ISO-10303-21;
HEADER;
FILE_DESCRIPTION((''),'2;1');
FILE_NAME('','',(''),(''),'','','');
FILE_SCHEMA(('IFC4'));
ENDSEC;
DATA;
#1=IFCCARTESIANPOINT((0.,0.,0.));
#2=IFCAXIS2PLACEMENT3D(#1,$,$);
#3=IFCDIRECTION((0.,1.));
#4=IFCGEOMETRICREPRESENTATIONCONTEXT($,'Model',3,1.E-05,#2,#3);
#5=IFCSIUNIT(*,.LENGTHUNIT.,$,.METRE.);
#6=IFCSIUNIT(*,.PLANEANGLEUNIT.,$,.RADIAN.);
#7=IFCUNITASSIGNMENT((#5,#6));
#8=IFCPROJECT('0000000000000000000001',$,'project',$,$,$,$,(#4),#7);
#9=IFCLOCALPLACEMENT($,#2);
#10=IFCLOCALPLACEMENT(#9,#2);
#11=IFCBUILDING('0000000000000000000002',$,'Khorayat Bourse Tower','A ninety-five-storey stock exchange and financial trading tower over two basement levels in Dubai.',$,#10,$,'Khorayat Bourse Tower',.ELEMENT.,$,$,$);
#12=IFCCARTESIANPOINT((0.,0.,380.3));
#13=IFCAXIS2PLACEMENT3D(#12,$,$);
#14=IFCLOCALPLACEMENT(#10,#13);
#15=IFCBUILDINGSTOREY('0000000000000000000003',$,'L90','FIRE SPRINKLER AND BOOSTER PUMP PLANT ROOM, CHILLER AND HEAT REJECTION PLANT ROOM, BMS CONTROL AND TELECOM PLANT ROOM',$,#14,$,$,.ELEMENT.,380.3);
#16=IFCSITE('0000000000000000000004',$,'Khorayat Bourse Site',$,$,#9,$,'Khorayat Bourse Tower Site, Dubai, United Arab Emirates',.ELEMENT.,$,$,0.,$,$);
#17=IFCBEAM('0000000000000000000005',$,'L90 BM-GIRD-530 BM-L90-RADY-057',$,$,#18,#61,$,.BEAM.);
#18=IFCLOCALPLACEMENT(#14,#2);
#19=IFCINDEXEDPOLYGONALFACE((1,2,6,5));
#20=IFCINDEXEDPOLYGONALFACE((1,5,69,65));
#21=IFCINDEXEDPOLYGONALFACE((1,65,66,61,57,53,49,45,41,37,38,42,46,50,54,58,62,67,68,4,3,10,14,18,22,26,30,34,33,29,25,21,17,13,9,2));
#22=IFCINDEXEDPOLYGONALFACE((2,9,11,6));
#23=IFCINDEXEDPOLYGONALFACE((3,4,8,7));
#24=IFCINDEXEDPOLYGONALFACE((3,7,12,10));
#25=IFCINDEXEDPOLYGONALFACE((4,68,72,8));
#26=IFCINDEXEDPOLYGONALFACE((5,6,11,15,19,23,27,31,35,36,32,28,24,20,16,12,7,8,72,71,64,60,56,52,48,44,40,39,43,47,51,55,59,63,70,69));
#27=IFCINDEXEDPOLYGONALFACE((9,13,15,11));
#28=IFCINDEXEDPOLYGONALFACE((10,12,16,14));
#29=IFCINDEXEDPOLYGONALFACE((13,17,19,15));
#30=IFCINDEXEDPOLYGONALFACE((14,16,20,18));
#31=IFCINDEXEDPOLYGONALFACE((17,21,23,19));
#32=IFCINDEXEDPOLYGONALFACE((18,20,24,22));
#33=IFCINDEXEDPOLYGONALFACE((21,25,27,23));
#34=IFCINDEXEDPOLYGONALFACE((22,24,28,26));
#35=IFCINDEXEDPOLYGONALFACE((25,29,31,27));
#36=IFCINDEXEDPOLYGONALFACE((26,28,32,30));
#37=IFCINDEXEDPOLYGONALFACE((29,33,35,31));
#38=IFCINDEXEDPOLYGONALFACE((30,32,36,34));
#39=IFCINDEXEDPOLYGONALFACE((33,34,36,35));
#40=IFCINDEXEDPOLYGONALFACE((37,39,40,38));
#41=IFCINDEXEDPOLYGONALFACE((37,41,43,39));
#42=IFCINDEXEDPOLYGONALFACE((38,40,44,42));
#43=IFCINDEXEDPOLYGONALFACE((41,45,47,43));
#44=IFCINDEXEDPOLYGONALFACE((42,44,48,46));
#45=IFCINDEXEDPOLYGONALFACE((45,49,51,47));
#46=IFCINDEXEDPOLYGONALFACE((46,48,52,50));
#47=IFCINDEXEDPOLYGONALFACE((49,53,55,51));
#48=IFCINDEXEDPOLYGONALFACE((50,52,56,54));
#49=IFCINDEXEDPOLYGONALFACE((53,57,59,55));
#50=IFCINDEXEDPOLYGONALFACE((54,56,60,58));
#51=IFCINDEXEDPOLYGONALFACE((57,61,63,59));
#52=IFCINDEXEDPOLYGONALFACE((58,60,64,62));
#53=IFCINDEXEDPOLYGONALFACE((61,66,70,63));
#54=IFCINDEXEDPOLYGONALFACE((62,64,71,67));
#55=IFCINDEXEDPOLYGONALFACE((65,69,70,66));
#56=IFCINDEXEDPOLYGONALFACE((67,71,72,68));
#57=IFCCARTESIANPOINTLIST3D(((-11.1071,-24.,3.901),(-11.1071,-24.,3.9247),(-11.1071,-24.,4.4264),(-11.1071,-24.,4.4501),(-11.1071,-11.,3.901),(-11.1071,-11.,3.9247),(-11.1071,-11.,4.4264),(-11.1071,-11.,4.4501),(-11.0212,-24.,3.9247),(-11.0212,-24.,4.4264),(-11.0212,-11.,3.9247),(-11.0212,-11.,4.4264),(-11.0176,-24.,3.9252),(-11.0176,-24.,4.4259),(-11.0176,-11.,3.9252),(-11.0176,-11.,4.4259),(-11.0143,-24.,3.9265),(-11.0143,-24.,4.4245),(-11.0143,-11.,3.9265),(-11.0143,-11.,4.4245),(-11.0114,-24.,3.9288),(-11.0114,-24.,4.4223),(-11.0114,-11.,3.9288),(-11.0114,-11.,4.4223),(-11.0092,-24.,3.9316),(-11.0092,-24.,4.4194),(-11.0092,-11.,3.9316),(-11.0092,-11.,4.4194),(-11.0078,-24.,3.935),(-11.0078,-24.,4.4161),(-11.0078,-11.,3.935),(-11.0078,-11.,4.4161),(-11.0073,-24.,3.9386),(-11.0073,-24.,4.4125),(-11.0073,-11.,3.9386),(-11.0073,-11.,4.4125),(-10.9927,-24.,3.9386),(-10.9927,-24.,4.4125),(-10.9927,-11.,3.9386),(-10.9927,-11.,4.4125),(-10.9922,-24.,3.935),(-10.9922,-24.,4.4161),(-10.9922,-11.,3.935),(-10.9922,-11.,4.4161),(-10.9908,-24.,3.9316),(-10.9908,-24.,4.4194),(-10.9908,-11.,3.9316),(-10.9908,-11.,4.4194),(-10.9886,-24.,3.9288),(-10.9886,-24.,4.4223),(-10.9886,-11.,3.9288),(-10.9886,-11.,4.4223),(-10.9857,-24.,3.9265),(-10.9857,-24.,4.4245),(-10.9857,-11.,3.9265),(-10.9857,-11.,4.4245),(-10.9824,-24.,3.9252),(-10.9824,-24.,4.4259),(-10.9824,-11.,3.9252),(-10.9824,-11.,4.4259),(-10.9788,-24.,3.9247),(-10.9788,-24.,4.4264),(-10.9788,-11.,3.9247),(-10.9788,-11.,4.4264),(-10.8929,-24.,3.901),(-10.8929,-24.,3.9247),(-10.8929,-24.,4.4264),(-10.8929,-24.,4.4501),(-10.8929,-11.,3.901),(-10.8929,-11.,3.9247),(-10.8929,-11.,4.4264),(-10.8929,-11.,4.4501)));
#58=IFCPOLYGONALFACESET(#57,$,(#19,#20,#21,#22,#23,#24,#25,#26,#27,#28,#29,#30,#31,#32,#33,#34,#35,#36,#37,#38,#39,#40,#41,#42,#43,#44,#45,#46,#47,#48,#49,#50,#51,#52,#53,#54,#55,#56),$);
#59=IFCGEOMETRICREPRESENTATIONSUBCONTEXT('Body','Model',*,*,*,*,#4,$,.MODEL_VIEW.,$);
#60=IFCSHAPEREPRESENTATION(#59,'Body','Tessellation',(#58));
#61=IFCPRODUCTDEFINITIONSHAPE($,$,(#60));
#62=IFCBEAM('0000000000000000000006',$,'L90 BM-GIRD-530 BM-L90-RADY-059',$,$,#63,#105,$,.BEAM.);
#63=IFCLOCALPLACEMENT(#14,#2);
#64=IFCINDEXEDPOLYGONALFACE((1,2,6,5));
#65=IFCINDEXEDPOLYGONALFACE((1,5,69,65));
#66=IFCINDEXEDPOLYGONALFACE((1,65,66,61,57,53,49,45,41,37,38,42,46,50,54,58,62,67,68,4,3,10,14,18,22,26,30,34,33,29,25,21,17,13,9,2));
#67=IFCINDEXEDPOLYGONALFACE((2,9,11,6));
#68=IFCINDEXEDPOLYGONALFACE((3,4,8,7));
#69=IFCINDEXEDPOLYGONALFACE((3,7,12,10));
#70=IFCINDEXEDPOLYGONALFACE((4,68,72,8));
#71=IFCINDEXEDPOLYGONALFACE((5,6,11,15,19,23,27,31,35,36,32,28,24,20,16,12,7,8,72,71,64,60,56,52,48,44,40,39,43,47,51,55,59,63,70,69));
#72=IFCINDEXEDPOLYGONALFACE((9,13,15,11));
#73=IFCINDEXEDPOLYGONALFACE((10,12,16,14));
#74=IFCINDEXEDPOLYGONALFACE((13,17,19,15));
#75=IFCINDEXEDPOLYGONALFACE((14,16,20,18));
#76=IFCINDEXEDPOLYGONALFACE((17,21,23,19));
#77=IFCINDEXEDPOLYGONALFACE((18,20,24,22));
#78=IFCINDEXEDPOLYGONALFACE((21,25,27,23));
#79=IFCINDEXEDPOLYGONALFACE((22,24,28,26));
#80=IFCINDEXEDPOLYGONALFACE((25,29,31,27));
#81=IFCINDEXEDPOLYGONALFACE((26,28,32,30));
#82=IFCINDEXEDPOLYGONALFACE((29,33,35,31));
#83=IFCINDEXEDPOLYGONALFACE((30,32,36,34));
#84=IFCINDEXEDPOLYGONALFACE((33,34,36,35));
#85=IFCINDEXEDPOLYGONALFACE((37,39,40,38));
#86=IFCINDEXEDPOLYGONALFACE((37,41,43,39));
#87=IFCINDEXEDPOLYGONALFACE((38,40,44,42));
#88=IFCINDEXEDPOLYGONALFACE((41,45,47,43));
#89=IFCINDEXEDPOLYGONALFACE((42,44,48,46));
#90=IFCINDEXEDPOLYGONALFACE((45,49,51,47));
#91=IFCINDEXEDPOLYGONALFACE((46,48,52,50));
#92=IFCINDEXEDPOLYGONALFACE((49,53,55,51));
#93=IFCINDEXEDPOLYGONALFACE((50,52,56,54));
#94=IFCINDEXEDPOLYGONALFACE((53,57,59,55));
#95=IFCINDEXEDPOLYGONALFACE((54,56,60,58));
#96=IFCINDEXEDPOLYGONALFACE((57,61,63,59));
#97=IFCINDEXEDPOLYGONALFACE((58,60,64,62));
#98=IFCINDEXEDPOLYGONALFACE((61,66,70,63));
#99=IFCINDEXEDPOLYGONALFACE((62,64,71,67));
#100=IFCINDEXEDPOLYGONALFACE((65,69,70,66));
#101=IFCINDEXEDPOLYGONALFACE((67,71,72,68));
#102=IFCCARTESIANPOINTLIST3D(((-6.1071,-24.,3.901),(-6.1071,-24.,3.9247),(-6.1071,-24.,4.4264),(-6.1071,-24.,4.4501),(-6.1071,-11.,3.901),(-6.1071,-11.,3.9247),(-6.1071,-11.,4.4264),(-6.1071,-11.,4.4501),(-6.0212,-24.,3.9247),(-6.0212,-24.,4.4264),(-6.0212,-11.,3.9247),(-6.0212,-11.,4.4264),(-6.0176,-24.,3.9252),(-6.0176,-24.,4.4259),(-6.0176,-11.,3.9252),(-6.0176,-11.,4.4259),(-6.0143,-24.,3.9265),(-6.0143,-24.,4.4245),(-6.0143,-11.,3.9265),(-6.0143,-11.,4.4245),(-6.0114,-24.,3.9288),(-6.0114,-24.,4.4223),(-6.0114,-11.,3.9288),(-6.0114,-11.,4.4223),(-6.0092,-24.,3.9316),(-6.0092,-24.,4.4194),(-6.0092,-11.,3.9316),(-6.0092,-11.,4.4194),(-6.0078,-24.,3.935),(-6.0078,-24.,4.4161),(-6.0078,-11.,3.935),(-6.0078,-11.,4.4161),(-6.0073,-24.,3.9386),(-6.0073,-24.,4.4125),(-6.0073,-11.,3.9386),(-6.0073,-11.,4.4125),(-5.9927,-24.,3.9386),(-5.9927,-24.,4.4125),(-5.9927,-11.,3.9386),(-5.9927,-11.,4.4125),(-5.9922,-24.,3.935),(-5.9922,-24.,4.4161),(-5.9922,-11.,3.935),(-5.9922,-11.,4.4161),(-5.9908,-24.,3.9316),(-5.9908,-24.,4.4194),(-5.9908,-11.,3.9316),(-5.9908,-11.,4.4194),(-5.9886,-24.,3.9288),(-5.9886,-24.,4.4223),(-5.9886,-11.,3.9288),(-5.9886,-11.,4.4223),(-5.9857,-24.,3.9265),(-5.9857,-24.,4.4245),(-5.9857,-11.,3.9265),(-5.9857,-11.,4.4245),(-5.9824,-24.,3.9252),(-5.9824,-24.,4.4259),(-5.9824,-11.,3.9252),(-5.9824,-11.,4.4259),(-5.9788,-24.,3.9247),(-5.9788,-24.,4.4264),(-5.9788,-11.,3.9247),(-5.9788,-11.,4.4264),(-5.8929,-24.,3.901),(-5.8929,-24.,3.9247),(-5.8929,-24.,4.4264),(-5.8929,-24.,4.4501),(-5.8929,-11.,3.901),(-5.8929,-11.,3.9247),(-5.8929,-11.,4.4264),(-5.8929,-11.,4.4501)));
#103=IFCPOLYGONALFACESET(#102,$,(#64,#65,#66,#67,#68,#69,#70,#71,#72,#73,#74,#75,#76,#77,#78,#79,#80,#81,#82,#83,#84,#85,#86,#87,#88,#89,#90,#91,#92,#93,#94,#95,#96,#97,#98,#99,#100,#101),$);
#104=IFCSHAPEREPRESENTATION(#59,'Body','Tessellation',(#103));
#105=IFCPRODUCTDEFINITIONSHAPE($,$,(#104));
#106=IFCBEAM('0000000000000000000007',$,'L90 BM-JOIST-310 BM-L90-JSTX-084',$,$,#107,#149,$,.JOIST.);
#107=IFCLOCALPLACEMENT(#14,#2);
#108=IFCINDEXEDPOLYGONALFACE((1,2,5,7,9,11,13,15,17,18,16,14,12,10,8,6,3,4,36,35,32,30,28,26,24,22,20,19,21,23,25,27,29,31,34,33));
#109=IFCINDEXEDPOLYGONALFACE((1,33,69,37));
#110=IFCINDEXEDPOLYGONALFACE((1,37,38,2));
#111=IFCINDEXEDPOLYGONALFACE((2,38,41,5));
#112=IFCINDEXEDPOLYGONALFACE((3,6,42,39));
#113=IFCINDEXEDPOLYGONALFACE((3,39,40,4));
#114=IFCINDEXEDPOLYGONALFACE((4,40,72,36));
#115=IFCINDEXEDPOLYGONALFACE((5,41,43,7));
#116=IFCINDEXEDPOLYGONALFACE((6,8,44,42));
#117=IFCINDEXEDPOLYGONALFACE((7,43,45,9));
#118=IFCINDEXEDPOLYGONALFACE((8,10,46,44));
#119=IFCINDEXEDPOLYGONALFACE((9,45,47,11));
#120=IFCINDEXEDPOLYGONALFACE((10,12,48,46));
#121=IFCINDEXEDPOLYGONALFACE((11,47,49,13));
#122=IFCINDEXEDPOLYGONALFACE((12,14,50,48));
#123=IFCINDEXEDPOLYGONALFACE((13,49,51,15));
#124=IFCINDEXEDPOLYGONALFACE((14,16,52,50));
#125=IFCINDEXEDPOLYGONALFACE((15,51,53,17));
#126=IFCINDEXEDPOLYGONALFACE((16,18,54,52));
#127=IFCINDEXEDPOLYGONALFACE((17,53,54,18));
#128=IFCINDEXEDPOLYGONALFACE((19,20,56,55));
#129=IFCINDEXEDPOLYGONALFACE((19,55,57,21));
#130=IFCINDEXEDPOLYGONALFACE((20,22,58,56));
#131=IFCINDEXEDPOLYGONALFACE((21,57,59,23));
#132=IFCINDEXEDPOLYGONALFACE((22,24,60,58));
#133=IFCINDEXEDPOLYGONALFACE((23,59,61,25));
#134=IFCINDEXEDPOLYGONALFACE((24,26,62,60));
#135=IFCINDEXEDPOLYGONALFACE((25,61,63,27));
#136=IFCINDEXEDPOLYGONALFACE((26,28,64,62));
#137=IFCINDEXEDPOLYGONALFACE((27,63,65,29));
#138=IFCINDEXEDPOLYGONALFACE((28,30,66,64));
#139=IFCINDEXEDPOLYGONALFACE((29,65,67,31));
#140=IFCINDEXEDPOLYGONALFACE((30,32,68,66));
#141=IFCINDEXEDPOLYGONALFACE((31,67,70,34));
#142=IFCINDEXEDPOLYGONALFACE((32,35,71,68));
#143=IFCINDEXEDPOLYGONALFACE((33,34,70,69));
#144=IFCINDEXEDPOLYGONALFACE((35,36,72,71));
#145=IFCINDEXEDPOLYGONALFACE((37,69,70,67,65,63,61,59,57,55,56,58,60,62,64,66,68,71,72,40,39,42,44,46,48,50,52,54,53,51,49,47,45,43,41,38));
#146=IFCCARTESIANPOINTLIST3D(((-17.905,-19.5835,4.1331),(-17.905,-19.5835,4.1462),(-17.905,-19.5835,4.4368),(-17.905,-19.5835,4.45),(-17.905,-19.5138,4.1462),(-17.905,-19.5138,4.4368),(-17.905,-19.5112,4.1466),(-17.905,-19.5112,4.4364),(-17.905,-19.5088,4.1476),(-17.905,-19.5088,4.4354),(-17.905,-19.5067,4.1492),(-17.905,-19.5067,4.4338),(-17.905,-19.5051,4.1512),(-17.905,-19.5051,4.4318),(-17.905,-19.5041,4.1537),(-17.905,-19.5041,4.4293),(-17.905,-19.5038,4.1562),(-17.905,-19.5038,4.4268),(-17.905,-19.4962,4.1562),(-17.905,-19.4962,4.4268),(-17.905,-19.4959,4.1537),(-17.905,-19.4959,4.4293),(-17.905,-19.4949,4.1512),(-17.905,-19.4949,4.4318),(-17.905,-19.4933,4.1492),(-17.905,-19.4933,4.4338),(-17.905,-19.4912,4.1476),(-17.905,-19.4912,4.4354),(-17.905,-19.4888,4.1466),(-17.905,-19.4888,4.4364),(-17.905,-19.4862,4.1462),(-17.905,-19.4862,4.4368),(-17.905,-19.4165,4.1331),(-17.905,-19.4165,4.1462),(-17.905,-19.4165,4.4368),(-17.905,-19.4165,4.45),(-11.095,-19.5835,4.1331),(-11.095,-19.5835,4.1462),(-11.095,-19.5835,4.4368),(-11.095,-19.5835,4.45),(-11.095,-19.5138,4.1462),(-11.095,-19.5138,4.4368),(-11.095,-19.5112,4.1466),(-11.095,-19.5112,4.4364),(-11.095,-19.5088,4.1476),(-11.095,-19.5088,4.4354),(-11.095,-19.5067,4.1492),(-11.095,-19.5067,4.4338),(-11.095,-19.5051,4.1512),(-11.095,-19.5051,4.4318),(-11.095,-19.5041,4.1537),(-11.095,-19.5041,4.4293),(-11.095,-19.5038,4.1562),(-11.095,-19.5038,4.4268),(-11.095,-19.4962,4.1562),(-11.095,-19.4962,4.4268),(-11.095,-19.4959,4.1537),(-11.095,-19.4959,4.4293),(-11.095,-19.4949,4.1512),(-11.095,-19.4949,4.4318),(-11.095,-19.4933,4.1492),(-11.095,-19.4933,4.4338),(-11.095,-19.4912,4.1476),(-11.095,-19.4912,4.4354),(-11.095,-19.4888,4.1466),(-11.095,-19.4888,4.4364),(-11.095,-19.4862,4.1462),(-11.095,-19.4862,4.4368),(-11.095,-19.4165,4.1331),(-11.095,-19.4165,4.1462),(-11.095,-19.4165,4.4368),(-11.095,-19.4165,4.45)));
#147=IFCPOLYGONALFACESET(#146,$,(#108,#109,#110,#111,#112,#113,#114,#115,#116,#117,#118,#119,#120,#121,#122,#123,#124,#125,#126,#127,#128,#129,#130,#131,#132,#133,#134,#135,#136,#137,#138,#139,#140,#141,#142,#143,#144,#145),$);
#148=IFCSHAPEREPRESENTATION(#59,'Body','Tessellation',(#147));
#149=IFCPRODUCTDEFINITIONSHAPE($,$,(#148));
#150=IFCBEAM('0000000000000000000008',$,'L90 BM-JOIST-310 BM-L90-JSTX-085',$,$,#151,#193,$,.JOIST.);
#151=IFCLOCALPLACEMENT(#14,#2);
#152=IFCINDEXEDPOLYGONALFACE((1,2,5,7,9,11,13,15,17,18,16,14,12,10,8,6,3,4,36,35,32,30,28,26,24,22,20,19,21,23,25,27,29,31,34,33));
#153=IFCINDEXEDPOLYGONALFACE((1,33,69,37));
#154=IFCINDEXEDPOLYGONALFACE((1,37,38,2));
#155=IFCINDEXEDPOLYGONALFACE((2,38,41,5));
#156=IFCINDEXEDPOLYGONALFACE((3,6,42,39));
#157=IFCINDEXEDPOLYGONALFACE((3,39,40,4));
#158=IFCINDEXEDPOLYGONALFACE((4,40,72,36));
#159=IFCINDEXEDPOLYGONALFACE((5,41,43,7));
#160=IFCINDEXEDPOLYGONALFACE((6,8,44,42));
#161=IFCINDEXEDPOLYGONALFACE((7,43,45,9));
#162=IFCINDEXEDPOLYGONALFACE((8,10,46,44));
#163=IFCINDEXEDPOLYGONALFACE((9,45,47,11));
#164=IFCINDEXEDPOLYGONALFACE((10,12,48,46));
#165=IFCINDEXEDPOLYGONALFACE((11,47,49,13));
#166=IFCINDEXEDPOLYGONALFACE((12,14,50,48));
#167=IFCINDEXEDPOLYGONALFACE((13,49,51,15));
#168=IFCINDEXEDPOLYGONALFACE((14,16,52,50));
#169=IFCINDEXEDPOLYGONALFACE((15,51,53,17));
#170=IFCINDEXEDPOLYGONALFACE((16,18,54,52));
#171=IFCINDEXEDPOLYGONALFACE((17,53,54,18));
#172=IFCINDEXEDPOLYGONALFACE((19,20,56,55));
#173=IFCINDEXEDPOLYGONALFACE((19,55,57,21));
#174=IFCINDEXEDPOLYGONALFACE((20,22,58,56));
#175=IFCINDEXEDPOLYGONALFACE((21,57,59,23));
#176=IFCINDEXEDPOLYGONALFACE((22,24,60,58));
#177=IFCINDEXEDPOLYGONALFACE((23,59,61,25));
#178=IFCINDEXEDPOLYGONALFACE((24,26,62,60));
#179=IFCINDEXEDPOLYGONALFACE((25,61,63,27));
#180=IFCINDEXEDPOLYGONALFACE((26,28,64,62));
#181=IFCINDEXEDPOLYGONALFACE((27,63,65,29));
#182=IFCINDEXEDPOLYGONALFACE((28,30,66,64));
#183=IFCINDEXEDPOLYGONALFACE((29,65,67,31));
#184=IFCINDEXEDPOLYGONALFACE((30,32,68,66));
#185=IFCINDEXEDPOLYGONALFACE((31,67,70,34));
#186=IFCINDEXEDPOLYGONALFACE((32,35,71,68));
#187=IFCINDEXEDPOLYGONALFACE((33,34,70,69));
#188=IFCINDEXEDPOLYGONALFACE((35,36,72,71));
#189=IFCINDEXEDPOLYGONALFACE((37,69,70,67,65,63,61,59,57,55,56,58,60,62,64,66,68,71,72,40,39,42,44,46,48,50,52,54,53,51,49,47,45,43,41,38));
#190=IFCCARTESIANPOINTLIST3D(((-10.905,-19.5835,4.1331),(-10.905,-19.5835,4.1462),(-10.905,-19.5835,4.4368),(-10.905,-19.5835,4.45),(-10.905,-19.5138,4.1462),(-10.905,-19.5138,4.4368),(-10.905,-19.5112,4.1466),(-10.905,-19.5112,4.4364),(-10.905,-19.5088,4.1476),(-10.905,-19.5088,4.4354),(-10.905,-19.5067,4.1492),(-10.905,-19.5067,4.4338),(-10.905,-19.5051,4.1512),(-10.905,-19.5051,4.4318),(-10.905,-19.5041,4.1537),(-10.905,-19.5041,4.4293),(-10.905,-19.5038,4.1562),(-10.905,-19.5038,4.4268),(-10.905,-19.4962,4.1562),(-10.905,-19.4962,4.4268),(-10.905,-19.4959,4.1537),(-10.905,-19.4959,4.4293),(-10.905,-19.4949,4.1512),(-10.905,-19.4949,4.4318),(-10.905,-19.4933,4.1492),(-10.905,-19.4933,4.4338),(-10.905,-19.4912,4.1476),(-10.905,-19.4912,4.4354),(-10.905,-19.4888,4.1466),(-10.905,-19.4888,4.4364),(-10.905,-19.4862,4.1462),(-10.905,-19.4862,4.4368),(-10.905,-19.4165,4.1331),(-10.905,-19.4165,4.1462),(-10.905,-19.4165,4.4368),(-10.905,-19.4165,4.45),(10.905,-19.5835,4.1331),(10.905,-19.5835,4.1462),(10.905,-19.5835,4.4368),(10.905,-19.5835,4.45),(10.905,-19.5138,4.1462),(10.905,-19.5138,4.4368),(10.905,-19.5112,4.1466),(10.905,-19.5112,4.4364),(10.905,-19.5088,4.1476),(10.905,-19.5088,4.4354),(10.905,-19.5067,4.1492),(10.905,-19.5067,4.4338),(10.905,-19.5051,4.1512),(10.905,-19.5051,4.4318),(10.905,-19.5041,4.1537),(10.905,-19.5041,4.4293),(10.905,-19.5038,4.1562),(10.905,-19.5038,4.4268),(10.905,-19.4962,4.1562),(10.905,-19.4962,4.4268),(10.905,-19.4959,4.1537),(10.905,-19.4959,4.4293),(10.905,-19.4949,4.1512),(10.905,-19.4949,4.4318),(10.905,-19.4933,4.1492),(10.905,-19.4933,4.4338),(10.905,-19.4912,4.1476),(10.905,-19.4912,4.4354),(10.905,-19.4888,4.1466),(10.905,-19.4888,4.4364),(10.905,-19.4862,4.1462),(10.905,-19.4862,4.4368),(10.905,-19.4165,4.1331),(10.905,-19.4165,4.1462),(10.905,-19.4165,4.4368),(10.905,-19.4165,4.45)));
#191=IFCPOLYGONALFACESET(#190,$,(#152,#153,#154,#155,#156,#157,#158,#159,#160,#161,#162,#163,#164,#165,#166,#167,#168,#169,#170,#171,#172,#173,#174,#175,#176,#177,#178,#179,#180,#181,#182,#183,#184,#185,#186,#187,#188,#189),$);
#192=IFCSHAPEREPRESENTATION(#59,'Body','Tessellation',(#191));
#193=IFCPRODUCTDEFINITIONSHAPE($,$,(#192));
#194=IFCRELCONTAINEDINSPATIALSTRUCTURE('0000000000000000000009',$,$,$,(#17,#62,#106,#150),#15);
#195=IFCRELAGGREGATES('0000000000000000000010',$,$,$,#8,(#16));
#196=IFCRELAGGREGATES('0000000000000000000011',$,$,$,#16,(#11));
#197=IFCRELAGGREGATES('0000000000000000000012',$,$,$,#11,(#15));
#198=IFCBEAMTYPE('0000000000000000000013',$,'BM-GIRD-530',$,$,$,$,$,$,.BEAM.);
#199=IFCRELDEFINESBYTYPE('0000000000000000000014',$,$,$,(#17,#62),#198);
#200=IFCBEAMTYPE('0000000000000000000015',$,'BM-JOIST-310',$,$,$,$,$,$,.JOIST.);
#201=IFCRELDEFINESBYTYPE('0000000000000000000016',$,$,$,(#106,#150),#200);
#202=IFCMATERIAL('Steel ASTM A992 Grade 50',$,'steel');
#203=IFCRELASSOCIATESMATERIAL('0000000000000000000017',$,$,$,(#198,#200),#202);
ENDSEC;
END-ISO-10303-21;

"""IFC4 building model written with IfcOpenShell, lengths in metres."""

from ifc_helpers import new_model, si_unit, direction, frame, origin, origin_2d, place, context, subcontext, project, spatial, i_section, extrude, source, transform, mapped, material, material_profile, profile_set, type_object, element, save


model = new_model("IFC4")

# Units and contexts
model_context = context("Model", 3, precision=1e-05, world=origin(), true_north=direction((0.0, 1.0)))
body_context = subcontext(model_context, "Body", "Model", "MODEL_VIEW")
ifc_project = project(units=[si_unit("LENGTHUNIT", "METRE"), si_unit("PLANEANGLEUNIT", "RADIAN")], contexts=[model_context])

# Site, building, storey
site_placement = place(None, origin())
site = spatial("IfcSite", under=ifc_project, at=site_placement, Name="Khorayat Bourse Site", LongName="Khorayat Bourse Tower Site, Dubai, United Arab Emirates", CompositionType="ELEMENT", RefElevation=0.0)
building_placement = place(site_placement, origin())
building = spatial("IfcBuilding", under=site, at=building_placement, Name="Khorayat Bourse Tower", Description="A ninety-five-storey stock exchange and financial trading tower over two basement levels in Dubai.", LongName="Khorayat Bourse Tower", CompositionType="ELEMENT")
storey_placement = place(building_placement, frame((0.0, 0.0, 380.3)))
storey = spatial("IfcBuildingStorey", under=building, at=storey_placement, Name="L90", Description="FIRE SPRINKLER AND BOOSTER PUMP PLANT ROOM, CHILLER AND HEAT REJECTION PLANT ROOM, BMS CONTROL AND TELECOM PLANT ROOM", CompositionType="ELEMENT", Elevation=380.3)

# Beams
ifc_material_1 = material(Name="Steel ASTM A992 Grade 50", Category="steel")
ifc_material_profile_1 = material_profile(ifc_material_1, i_section(OverallWidth=0.2141, OverallDepth=0.5491, WebThickness=0.0146, FlangeThickness=0.0237, FilletRadius=0.0139, at=origin_2d()), Name="W530X138")
ifc_profile_set_1 = profile_set([ifc_material_profile_1], Name="Steel ASTM A992 Grade 50")
beam_type_1 = type_object("IfcBeamType", Name="BM-GIRD-530", PredefinedType="BEAM", material=ifc_profile_set_1)
shared_shape_1 = source(origin(), body_context, "Body", "SweptSolid", [
    extrude(i_section(OverallWidth=0.2141, OverallDepth=0.5491, WebThickness=0.0146, FlangeThickness=0.0237, FilletRadius=0.0139, at=origin_2d()), origin(), (0.0, 0.0, 1.0), 13.0),
])
for number, where, z_axis, x_axis, name in (
    (1, (-11.0, -24.0, 4.1755), (0.0, 1.0, 0.0), (-1.0, 0.0, 0.0), "L90 BM-GIRD-530 BM-L90-RADY-057"),
    (2, (-6.0, -24.0, 4.1755), (0.0, 1.0, 0.0), (-1.0, 0.0, 0.0), "L90 BM-GIRD-530 BM-L90-RADY-059"),
):
    element("IfcBeam", number, at=place(storey_placement, frame(where, z_axis=z_axis, x_axis=x_axis)), inside=storey, type_object=beam_type_1, Name=name, PredefinedType="BEAM", context=body_context, shape_type="MappedRepresentation", body=[
        mapped(shared_shape_1, transform((0.0, 0.0, 0.0), scale=1.0)),
    ])
ifc_material_profile_2 = material_profile(ifc_material_1, i_section(OverallWidth=0.167, OverallDepth=0.3169, WebThickness=0.0076, FlangeThickness=0.0132, FilletRadius=0.01, at=origin_2d()), Name="W310X52")
ifc_profile_set_2 = profile_set([ifc_material_profile_2], Name="Steel ASTM A992 Grade 50")
beam_type_2 = type_object("IfcBeamType", Name="BM-JOIST-310", PredefinedType="JOIST", material=ifc_profile_set_2)
shared_shape_2 = source(origin(), body_context, "Body", "SweptSolid", [
    extrude(i_section(OverallWidth=0.167, OverallDepth=0.3169, WebThickness=0.0076, FlangeThickness=0.0132, FilletRadius=0.01, at=origin_2d()), origin(), (0.0, 0.0, 1.0), 6.8101),
])
beam_1_placement = place(storey_placement, frame((-17.905, -19.5, 4.2915), z_axis=(1.0, 0.0, 0.0), x_axis=(0.0, 1.0, 0.0)))
element("IfcBeam", 3, at=beam_1_placement, inside=storey, type_object=beam_type_2, Name="L90 BM-JOIST-310 BM-L90-JSTX-084", PredefinedType="JOIST", context=body_context, shape_type="MappedRepresentation", body=[
    mapped(shared_shape_2, transform((0.0, 0.0, 0.0), scale=1.0)),
])
shared_shape_3 = source(origin(), body_context, "Body", "SweptSolid", [
    extrude(i_section(OverallWidth=0.167, OverallDepth=0.3169, WebThickness=0.0076, FlangeThickness=0.0132, FilletRadius=0.01, at=origin_2d()), origin(), (0.0, 0.0, 1.0), 21.8101),
])
beam_2_placement = place(storey_placement, frame((-10.905, -19.5, 4.2915), z_axis=(1.0, 0.0, 0.0), x_axis=(0.0, 1.0, 0.0)))
element("IfcBeam", 4, at=beam_2_placement, inside=storey, type_object=beam_type_2, Name="L90 BM-JOIST-310 BM-L90-JSTX-085", PredefinedType="JOIST", context=body_context, shape_type="MappedRepresentation", body=[
    mapped(shared_shape_3, transform((0.0, 0.0, 0.0), scale=1.0)),
])

save(model, "model.ifc")
